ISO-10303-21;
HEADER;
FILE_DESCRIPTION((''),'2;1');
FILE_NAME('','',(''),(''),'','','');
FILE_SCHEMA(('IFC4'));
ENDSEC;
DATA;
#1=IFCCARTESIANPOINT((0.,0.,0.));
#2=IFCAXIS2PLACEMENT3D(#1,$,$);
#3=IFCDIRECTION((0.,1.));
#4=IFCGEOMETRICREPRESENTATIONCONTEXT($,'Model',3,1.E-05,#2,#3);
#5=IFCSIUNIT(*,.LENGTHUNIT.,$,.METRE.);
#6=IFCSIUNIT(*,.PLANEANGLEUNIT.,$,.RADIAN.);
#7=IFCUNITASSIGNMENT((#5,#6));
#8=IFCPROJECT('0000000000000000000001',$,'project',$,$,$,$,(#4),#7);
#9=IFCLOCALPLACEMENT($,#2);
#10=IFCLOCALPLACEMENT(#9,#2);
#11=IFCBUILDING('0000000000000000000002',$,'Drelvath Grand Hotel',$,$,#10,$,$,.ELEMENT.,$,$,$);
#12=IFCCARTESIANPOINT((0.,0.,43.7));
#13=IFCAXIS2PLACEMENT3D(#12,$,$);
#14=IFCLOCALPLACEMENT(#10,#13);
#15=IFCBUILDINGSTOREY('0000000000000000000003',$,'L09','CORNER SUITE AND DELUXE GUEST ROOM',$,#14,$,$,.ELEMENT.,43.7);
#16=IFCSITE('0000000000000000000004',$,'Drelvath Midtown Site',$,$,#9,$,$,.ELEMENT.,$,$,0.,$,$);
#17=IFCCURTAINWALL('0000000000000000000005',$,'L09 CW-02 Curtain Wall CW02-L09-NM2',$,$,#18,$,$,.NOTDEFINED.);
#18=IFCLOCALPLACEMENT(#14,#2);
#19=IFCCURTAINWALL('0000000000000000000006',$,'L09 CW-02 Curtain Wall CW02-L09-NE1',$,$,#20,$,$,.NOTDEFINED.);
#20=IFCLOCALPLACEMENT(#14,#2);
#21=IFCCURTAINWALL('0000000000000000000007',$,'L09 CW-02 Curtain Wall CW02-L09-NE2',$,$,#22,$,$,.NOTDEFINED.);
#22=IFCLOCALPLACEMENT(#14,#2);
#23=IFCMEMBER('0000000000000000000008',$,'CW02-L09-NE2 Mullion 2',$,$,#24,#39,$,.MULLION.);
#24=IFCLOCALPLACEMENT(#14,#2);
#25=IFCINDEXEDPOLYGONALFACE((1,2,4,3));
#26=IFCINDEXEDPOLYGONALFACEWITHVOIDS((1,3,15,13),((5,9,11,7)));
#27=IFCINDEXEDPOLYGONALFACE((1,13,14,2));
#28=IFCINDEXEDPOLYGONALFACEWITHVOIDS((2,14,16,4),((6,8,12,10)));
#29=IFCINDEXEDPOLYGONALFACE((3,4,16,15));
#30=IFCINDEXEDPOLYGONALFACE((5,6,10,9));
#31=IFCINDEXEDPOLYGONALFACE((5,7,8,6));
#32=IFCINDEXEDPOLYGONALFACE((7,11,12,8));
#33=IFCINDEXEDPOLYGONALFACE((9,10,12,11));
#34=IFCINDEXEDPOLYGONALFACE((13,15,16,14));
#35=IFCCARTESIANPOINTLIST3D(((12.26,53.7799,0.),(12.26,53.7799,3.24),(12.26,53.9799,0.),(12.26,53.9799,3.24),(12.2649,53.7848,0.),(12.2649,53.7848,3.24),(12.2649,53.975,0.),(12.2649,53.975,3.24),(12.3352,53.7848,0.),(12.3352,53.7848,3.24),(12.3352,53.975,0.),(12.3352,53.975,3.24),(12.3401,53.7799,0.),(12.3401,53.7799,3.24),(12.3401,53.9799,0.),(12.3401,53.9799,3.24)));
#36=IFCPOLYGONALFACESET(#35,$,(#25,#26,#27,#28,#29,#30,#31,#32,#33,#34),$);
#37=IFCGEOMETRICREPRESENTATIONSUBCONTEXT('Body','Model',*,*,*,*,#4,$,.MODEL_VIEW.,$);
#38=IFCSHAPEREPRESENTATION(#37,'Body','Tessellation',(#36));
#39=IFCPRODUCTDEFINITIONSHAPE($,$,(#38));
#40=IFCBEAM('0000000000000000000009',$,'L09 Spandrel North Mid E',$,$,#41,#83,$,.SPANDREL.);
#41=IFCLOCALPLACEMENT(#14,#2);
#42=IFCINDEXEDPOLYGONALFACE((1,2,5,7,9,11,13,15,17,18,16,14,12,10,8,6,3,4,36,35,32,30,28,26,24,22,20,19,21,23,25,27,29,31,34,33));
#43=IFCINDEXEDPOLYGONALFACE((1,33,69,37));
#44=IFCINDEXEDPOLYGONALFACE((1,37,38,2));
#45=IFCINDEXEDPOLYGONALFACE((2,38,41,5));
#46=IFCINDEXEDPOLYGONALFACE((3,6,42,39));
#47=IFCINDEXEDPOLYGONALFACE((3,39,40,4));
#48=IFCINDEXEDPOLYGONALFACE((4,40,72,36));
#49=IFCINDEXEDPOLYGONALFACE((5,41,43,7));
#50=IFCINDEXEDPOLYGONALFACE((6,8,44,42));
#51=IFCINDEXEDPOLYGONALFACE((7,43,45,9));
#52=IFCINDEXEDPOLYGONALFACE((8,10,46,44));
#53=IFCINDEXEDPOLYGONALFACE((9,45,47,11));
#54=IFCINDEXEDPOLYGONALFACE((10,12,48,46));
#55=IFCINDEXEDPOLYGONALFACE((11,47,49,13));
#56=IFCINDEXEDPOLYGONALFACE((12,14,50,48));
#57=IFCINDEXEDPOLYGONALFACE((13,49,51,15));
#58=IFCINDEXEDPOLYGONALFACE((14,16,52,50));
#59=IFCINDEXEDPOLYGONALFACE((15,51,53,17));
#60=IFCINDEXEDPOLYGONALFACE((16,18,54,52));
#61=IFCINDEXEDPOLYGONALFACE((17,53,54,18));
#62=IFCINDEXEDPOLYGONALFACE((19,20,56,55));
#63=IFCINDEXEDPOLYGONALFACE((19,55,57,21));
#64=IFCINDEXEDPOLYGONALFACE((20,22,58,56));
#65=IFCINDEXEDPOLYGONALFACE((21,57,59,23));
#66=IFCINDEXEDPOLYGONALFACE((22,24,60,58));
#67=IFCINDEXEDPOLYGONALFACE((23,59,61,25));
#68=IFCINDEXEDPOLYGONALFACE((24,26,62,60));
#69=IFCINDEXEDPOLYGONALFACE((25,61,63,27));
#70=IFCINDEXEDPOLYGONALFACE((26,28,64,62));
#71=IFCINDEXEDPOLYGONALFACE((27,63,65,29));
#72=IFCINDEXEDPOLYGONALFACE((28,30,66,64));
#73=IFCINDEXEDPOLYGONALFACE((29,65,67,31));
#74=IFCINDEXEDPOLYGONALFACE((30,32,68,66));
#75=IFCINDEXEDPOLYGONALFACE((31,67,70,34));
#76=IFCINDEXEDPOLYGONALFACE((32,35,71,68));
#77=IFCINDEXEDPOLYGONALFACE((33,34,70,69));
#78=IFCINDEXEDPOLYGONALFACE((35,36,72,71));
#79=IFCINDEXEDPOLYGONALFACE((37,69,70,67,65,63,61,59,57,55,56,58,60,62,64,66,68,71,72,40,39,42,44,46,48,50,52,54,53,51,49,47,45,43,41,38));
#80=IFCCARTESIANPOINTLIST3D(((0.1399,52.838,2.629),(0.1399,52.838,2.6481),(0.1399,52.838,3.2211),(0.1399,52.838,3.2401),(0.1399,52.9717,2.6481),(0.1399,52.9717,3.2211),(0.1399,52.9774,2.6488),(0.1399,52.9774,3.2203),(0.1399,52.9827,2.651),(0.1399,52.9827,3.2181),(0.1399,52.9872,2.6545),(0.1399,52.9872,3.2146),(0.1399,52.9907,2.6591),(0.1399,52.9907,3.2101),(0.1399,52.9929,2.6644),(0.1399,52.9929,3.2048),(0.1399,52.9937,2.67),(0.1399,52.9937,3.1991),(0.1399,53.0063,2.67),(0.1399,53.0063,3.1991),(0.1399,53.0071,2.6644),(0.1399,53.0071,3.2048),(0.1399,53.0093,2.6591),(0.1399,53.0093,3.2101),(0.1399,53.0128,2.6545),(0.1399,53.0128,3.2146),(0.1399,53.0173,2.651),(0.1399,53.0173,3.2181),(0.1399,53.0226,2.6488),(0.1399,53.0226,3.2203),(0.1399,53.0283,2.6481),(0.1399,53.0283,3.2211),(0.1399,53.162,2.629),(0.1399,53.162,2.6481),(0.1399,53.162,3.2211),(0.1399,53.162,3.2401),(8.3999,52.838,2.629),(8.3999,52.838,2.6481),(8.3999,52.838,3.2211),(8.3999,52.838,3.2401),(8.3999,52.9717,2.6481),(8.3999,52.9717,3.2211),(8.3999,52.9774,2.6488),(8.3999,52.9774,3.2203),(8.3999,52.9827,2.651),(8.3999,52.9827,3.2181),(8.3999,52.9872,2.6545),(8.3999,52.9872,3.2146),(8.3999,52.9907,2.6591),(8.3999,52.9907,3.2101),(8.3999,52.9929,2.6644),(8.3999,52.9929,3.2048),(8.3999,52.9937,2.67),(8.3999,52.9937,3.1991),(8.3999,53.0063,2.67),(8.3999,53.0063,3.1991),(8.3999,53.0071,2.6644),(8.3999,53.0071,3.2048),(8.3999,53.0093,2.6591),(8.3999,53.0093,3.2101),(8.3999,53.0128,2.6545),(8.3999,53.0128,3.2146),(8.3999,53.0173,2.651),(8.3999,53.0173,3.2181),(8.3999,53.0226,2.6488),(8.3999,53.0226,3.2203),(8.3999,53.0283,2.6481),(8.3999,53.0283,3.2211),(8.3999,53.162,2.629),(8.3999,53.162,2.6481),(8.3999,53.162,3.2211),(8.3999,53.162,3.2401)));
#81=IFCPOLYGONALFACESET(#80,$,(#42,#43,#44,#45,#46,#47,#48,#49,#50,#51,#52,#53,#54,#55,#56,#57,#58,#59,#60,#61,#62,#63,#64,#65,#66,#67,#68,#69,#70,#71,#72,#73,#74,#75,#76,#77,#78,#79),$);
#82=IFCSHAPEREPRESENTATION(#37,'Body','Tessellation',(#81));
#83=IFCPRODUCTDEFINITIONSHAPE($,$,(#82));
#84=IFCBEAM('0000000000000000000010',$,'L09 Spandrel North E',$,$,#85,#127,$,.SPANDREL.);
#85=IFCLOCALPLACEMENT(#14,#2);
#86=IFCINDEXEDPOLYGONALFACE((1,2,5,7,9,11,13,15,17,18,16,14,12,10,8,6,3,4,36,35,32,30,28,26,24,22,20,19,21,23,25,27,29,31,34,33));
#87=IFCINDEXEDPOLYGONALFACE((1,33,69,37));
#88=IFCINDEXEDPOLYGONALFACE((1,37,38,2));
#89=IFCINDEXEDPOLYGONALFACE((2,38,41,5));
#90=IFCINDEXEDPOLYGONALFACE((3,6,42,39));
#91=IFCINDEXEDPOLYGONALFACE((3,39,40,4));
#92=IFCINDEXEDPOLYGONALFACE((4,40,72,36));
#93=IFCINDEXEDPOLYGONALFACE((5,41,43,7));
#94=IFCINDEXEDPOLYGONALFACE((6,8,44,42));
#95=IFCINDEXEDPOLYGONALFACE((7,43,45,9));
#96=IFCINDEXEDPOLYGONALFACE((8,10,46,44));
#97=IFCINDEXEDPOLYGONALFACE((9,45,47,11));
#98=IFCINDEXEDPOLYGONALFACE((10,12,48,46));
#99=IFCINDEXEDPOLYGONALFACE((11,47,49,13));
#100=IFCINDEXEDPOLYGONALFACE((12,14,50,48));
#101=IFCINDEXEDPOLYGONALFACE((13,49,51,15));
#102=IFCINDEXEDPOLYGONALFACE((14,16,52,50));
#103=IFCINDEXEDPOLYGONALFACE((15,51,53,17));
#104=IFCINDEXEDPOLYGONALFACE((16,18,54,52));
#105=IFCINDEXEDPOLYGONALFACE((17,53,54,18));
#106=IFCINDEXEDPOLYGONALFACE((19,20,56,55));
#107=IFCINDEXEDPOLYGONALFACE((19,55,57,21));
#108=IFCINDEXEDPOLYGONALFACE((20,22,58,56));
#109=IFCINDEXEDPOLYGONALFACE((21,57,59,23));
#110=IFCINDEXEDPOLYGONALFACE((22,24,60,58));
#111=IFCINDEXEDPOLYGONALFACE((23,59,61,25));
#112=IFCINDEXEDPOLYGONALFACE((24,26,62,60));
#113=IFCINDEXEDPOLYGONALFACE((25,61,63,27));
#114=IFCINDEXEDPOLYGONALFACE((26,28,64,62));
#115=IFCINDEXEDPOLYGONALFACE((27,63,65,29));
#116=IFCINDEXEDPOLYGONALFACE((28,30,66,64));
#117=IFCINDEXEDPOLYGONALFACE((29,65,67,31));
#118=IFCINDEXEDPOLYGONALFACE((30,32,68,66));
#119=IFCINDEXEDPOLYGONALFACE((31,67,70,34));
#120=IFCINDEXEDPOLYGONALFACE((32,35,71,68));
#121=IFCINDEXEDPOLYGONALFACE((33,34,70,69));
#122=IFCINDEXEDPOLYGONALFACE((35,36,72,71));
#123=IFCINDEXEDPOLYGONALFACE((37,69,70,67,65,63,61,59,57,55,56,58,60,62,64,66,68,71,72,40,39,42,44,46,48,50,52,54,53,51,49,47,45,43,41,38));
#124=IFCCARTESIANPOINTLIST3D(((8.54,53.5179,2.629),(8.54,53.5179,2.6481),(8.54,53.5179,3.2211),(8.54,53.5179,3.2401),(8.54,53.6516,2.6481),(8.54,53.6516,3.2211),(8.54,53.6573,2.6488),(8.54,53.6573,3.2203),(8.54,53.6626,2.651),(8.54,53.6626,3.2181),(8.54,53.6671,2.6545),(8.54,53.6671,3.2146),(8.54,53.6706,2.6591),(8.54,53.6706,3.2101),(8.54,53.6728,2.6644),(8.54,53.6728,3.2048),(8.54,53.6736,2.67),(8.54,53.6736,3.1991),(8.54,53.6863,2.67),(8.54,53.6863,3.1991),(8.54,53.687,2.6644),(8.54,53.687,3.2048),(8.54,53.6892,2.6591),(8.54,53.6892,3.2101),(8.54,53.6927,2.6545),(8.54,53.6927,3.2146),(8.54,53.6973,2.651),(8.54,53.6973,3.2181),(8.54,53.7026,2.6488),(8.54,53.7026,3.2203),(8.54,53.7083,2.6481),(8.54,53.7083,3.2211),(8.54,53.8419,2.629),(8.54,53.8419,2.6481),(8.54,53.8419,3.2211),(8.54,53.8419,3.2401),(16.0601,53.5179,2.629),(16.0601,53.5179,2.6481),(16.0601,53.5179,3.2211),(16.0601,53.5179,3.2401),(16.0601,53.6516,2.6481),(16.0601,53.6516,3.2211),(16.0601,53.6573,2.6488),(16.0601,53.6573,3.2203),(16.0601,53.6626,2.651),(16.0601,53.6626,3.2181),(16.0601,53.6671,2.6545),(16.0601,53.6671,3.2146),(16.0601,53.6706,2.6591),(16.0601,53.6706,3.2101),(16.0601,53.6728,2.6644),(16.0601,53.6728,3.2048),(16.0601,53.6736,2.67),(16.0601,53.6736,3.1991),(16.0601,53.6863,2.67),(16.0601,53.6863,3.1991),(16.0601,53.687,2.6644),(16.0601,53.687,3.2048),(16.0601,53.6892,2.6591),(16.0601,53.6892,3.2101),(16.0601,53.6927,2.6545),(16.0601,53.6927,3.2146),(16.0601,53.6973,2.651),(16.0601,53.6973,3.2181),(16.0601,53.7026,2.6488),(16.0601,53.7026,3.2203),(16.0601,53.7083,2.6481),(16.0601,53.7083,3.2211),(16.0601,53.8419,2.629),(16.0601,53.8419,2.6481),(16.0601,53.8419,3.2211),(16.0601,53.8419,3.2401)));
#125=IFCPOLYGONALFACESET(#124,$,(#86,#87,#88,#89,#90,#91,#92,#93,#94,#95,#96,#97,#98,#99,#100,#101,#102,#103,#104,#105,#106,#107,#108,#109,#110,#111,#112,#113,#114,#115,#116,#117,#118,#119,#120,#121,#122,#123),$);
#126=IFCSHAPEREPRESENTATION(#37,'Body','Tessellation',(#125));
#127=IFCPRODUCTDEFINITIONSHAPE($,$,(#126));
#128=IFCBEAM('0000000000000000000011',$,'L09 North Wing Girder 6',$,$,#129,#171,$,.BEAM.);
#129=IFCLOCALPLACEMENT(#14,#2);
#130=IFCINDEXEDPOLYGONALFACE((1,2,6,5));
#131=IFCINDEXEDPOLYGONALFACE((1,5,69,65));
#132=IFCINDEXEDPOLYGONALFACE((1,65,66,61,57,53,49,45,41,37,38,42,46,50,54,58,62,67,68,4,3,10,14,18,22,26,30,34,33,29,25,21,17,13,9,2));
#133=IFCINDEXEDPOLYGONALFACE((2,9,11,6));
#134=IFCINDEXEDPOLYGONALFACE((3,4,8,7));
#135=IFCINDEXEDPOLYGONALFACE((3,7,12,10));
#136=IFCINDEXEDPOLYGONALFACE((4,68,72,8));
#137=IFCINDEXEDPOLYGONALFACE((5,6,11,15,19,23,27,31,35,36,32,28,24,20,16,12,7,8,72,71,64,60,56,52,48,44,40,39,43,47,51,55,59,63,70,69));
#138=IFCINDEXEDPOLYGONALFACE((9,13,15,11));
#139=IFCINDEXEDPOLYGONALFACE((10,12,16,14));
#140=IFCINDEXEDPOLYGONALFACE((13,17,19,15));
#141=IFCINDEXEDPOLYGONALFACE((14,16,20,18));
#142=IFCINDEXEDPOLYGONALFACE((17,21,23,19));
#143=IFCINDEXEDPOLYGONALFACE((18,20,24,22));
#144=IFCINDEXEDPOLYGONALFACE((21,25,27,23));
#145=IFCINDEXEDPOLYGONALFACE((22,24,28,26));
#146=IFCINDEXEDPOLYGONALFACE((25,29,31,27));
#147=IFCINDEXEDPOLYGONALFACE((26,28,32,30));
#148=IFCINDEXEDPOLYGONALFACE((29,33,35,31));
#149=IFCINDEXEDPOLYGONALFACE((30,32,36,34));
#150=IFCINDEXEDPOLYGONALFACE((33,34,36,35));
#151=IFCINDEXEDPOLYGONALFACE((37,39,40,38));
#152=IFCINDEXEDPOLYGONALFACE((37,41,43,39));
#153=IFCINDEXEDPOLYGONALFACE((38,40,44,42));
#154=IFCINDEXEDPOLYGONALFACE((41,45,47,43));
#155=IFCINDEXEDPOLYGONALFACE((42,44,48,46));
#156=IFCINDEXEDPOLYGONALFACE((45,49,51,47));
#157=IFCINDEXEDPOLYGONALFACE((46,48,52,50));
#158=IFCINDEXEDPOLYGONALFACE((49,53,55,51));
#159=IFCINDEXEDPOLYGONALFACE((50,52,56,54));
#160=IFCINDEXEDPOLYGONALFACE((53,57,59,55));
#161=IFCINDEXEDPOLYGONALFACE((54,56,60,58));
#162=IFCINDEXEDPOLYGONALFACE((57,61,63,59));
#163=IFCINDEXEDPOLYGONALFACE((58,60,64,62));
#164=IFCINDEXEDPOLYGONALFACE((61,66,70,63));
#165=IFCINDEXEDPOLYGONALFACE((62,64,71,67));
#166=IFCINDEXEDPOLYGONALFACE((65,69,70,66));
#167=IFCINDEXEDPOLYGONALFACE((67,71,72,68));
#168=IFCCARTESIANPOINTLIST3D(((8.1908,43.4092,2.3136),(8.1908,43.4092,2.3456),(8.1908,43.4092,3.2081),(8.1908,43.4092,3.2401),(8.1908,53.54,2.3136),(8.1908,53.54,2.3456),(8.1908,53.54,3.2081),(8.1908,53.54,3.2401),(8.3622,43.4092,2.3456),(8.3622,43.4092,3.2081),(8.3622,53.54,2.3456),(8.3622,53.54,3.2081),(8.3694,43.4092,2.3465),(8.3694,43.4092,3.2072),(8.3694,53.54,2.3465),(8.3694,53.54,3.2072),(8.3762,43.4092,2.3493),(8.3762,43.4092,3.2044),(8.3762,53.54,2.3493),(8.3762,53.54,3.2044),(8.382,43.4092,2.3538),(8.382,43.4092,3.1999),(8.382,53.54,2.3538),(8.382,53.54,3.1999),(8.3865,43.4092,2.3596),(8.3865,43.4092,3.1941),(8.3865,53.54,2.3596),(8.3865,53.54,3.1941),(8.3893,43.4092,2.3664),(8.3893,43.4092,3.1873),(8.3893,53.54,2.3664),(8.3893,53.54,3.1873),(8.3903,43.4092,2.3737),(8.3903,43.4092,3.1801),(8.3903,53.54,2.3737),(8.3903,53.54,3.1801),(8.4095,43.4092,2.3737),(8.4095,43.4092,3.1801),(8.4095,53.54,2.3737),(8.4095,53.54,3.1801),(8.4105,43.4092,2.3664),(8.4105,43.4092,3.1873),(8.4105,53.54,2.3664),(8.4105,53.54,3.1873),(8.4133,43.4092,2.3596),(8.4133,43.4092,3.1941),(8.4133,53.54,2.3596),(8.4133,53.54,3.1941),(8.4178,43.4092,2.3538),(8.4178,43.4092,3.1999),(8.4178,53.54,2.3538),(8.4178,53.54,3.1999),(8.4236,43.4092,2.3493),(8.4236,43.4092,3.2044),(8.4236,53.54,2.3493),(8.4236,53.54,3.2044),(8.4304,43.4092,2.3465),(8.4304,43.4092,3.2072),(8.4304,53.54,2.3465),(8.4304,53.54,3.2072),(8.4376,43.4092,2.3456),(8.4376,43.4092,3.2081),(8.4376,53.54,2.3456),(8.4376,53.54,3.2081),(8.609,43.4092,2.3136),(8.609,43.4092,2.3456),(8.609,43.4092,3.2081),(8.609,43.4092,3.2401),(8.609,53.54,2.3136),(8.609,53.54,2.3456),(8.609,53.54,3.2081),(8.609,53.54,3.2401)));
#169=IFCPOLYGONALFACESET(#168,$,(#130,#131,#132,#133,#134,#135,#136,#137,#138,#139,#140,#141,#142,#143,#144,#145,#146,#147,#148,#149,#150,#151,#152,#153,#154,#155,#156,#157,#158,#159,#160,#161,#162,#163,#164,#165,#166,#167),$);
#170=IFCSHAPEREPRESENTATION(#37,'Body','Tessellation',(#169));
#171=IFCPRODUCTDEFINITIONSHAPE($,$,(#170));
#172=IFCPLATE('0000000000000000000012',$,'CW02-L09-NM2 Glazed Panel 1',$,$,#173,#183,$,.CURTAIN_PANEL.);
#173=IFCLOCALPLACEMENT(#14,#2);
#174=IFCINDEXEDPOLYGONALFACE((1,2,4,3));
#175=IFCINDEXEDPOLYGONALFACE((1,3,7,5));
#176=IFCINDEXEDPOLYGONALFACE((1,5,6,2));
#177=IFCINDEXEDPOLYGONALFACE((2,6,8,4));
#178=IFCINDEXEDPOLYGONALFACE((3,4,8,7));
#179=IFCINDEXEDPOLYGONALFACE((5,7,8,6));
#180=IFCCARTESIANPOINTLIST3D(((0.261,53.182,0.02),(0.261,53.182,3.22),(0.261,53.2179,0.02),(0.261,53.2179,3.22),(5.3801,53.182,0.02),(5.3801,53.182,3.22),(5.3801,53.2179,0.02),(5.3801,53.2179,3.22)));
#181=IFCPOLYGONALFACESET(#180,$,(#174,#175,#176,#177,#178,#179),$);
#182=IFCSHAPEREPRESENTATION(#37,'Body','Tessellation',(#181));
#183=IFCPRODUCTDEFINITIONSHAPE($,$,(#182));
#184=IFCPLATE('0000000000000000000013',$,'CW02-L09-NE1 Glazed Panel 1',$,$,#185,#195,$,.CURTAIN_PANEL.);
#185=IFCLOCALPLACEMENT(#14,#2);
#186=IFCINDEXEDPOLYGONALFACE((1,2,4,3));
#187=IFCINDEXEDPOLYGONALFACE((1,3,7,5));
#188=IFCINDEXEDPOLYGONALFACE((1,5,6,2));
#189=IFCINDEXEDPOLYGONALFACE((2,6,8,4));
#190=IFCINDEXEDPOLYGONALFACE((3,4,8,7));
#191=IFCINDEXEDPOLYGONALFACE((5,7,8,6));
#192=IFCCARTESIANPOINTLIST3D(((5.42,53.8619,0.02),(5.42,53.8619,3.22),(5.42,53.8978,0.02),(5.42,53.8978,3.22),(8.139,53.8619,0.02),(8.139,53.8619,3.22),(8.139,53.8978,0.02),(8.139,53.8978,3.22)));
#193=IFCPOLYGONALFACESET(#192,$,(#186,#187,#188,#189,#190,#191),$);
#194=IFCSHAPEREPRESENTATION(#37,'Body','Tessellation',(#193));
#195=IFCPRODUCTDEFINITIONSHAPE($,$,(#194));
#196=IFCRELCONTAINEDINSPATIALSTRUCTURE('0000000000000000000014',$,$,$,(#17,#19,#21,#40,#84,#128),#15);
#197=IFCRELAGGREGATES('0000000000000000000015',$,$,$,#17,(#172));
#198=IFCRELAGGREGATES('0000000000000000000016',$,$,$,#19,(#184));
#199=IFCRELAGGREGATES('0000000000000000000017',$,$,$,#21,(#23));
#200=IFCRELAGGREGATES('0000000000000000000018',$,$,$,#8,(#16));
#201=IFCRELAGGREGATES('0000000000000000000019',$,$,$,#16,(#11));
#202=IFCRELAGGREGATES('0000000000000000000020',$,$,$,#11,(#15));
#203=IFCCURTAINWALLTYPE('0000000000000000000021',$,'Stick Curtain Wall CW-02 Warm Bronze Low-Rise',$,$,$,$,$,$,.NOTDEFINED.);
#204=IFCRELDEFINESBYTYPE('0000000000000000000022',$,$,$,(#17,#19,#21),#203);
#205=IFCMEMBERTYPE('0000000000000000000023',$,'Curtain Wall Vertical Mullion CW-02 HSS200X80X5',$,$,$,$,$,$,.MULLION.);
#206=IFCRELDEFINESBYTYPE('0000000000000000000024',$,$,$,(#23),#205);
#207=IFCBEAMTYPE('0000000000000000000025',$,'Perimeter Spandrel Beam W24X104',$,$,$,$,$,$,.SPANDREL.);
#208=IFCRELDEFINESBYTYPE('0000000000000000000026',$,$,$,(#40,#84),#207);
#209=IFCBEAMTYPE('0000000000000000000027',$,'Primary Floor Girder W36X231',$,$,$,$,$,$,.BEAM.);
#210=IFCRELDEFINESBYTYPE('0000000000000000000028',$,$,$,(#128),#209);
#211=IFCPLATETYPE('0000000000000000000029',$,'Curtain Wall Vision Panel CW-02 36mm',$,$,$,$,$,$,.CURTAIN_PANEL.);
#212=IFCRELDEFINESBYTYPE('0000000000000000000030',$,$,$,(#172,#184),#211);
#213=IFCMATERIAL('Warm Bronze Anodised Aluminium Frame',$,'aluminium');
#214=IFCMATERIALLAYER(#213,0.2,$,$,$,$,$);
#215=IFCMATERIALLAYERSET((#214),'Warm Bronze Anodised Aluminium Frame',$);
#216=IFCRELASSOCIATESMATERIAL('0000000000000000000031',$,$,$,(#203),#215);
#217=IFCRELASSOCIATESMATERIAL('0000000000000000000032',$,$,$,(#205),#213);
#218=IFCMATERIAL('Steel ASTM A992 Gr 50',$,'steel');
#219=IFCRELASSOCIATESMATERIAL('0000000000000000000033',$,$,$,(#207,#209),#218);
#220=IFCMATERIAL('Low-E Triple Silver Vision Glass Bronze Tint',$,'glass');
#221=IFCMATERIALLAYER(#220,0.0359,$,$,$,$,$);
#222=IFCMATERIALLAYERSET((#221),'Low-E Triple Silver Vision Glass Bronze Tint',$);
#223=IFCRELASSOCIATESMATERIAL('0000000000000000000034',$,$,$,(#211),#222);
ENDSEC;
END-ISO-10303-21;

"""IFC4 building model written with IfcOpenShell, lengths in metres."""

from ifc_helpers import new_model, si_unit, direction, frame, origin, origin_2d, place, context, subcontext, project, spatial, rectangle, hollow_rectangle, i_section, extrude, material, layer, layer_set, material_profile, profile_set, type_object, element, aggregate, save


model = new_model("IFC4")

# Units and contexts
model_context = context("Model", 3, precision=1e-05, world=origin(), true_north=direction((0.0, 1.0)))
body_context = subcontext(model_context, "Body", "Model", "MODEL_VIEW")
ifc_project = project(units=[si_unit("LENGTHUNIT", "METRE"), si_unit("PLANEANGLEUNIT", "RADIAN")], contexts=[model_context])

# Site, building, storey
site_placement = place(None, origin())
site = spatial("IfcSite", under=ifc_project, at=site_placement, Name="Drelvath Midtown Site", CompositionType="ELEMENT", RefElevation=0.0)
building_placement = place(site_placement, origin())
building = spatial("IfcBuilding", under=site, at=building_placement, Name="Drelvath Grand Hotel", CompositionType="ELEMENT")
storey_placement = place(building_placement, frame((0.0, 0.0, 43.7)))
storey = spatial("IfcBuildingStorey", under=building, at=storey_placement, Name="L09", Description="CORNER SUITE AND DELUXE GUEST ROOM", CompositionType="ELEMENT", Elevation=43.7)

# Curtain walls
ifc_material_1 = material(Name="Warm Bronze Anodised Aluminium Frame", Category="aluminium")
ifc_layer_1 = layer(ifc_material_1, 0.2)
ifc_layer_set_1 = layer_set([ifc_layer_1], Name="Warm Bronze Anodised Aluminium Frame")
curtain_wall_type = type_object("IfcCurtainWallType", Name="Stick Curtain Wall CW-02 Warm Bronze Low-Rise", PredefinedType="NOTDEFINED", material=ifc_layer_set_1)
curtain_wall_1_placement = place(storey_placement, origin())
curtain_wall_1 = element("IfcCurtainWall", 1, at=curtain_wall_1_placement, inside=storey, type_object=curtain_wall_type, Name="L09 CW-02 Curtain Wall CW02-L09-NM2", PredefinedType="NOTDEFINED")
curtain_wall_2_placement = place(storey_placement, origin())
curtain_wall_2 = element("IfcCurtainWall", 2, at=curtain_wall_2_placement, inside=storey, type_object=curtain_wall_type, Name="L09 CW-02 Curtain Wall CW02-L09-NE1", PredefinedType="NOTDEFINED")
curtain_wall_3_placement = place(storey_placement, origin())
curtain_wall_3 = element("IfcCurtainWall", 3, at=curtain_wall_3_placement, inside=storey, type_object=curtain_wall_type, Name="L09 CW-02 Curtain Wall CW02-L09-NE2", PredefinedType="NOTDEFINED")

# Member
ifc_material_profile_1 = material_profile(ifc_material_1, hollow_rectangle(XDim=0.0801, YDim=0.2, WallThickness=0.0049, at=origin_2d()), Name="HSS200X80X5")
ifc_profile_set_1 = profile_set([ifc_material_profile_1], Name="Warm Bronze Anodised Aluminium Frame")
member_type_1 = type_object("IfcMemberType", Name="Curtain Wall Vertical Mullion CW-02 HSS200X80X5", PredefinedType="MULLION", material=ifc_profile_set_1)
member_1_placement = place(storey_placement, frame((12.3, 53.8799, 0.0), z_axis=(0.0, 0.0, 1.0), x_axis=(1.0, 0.0, 0.0)))
member_1 = element("IfcMember", 4, at=member_1_placement, type_object=member_type_1, Name="CW02-L09-NE2 Mullion 2", PredefinedType="MULLION", context=body_context, shape_type="SweptSolid", body=[
    extrude(hollow_rectangle(XDim=0.0801, YDim=0.2, WallThickness=0.0049, at=origin_2d()), origin(), (0.0, 0.0, 1.0), 3.24),
])

# Beams
ifc_material_2 = material(Name="Steel ASTM A992 Gr 50", Category="steel")
ifc_material_profile_2 = material_profile(ifc_material_2, i_section(OverallWidth=0.324, OverallDepth=0.6111, WebThickness=0.0127, FlangeThickness=0.019, FilletRadius=0.022, at=origin_2d()), Name="W24X104")
ifc_profile_set_2 = profile_set([ifc_material_profile_2], Name="Steel ASTM A992 Gr 50")
beam_type_1 = type_object("IfcBeamType", Name="Perimeter Spandrel Beam W24X104", PredefinedType="SPANDREL", material=ifc_profile_set_2)
beam_1_placement = place(storey_placement, frame((0.1399, 53.0, 2.9346), z_axis=(1.0, 0.0, 0.0), x_axis=(0.0, 1.0, 0.0)))
element("IfcBeam", 5, at=beam_1_placement, inside=storey, type_object=beam_type_1, Name="L09 Spandrel North Mid E", PredefinedType="SPANDREL", context=body_context, shape_type="SweptSolid", body=[
    extrude(i_section(OverallWidth=0.324, OverallDepth=0.6111, WebThickness=0.0127, FlangeThickness=0.019, FilletRadius=0.022, at=origin_2d()), origin(), (0.0, 0.0, 1.0), 8.26),
])
beam_2_placement = place(storey_placement, frame((8.54, 53.6799, 2.9346), z_axis=(1.0, 0.0, 0.0), x_axis=(0.0, 1.0, 0.0)))
element("IfcBeam", 6, at=beam_2_placement, inside=storey, type_object=beam_type_1, Name="L09 Spandrel North E", PredefinedType="SPANDREL", context=body_context, shape_type="SweptSolid", body=[
    extrude(i_section(OverallWidth=0.324, OverallDepth=0.6111, WebThickness=0.0127, FlangeThickness=0.019, FilletRadius=0.022, at=origin_2d()), origin(), (0.0, 0.0, 1.0), 7.52),
])
ifc_material_profile_3 = material_profile(ifc_material_2, i_section(OverallWidth=0.4182, OverallDepth=0.9265, WebThickness=0.0193, FlangeThickness=0.032, FilletRadius=0.0281, at=origin_2d()), Name="W36X231")
ifc_profile_set_3 = profile_set([ifc_material_profile_3], Name="Steel ASTM A992 Gr 50")
beam_type_2 = type_object("IfcBeamType", Name="Primary Floor Girder W36X231", PredefinedType="BEAM", material=ifc_profile_set_3)
beam_3_placement = place(storey_placement, frame((8.3999, 43.4092, 2.7769), z_axis=(0.0, 1.0, 0.0), x_axis=(-1.0, 0.0, 0.0)))
element("IfcBeam", 7, at=beam_3_placement, inside=storey, type_object=beam_type_2, Name="L09 North Wing Girder 6", PredefinedType="BEAM", context=body_context, shape_type="SweptSolid", body=[
    extrude(i_section(OverallWidth=0.4182, OverallDepth=0.9265, WebThickness=0.0193, FlangeThickness=0.032, FilletRadius=0.0281, at=origin_2d()), origin(), (0.0, 0.0, 1.0), 10.1309),
])

# Plates
ifc_material_3 = material(Name="Low-E Triple Silver Vision Glass Bronze Tint", Category="glass")
ifc_layer_2 = layer(ifc_material_3, 0.0359)
ifc_layer_set_2 = layer_set([ifc_layer_2], Name="Low-E Triple Silver Vision Glass Bronze Tint")
plate_type = type_object("IfcPlateType", Name="Curtain Wall Vision Panel CW-02 36mm", PredefinedType="CURTAIN_PANEL", material=ifc_layer_set_2)
plate_1_placement = place(storey_placement, frame((2.8206, 53.2, 0.02), z_axis=(0.0, 0.0, 1.0), x_axis=(1.0, 0.0, 0.0)))
plate_1 = element("IfcPlate", 8, at=plate_1_placement, type_object=plate_type, Name="CW02-L09-NM2 Glazed Panel 1", PredefinedType="CURTAIN_PANEL", context=body_context, shape_type="SweptSolid", body=[
    extrude(rectangle(XDim=5.1191, YDim=0.0359, at=origin_2d()), origin(), (0.0, 0.0, 1.0), 3.2),
])
aggregate(curtain_wall_1, [plate_1])
plate_2_placement = place(storey_placement, frame((6.7795, 53.8799, 0.02), z_axis=(0.0, 0.0, 1.0), x_axis=(1.0, 0.0, 0.0)))
plate_2 = element("IfcPlate", 9, at=plate_2_placement, type_object=plate_type, Name="CW02-L09-NE1 Glazed Panel 1", PredefinedType="CURTAIN_PANEL", context=body_context, shape_type="SweptSolid", body=[
    extrude(rectangle(XDim=2.719, YDim=0.0359, at=origin_2d()), origin(), (0.0, 0.0, 1.0), 3.2),
])
aggregate(curtain_wall_2, [plate_2])
aggregate(curtain_wall_3, [member_1])

save(model, "model.ifc")
